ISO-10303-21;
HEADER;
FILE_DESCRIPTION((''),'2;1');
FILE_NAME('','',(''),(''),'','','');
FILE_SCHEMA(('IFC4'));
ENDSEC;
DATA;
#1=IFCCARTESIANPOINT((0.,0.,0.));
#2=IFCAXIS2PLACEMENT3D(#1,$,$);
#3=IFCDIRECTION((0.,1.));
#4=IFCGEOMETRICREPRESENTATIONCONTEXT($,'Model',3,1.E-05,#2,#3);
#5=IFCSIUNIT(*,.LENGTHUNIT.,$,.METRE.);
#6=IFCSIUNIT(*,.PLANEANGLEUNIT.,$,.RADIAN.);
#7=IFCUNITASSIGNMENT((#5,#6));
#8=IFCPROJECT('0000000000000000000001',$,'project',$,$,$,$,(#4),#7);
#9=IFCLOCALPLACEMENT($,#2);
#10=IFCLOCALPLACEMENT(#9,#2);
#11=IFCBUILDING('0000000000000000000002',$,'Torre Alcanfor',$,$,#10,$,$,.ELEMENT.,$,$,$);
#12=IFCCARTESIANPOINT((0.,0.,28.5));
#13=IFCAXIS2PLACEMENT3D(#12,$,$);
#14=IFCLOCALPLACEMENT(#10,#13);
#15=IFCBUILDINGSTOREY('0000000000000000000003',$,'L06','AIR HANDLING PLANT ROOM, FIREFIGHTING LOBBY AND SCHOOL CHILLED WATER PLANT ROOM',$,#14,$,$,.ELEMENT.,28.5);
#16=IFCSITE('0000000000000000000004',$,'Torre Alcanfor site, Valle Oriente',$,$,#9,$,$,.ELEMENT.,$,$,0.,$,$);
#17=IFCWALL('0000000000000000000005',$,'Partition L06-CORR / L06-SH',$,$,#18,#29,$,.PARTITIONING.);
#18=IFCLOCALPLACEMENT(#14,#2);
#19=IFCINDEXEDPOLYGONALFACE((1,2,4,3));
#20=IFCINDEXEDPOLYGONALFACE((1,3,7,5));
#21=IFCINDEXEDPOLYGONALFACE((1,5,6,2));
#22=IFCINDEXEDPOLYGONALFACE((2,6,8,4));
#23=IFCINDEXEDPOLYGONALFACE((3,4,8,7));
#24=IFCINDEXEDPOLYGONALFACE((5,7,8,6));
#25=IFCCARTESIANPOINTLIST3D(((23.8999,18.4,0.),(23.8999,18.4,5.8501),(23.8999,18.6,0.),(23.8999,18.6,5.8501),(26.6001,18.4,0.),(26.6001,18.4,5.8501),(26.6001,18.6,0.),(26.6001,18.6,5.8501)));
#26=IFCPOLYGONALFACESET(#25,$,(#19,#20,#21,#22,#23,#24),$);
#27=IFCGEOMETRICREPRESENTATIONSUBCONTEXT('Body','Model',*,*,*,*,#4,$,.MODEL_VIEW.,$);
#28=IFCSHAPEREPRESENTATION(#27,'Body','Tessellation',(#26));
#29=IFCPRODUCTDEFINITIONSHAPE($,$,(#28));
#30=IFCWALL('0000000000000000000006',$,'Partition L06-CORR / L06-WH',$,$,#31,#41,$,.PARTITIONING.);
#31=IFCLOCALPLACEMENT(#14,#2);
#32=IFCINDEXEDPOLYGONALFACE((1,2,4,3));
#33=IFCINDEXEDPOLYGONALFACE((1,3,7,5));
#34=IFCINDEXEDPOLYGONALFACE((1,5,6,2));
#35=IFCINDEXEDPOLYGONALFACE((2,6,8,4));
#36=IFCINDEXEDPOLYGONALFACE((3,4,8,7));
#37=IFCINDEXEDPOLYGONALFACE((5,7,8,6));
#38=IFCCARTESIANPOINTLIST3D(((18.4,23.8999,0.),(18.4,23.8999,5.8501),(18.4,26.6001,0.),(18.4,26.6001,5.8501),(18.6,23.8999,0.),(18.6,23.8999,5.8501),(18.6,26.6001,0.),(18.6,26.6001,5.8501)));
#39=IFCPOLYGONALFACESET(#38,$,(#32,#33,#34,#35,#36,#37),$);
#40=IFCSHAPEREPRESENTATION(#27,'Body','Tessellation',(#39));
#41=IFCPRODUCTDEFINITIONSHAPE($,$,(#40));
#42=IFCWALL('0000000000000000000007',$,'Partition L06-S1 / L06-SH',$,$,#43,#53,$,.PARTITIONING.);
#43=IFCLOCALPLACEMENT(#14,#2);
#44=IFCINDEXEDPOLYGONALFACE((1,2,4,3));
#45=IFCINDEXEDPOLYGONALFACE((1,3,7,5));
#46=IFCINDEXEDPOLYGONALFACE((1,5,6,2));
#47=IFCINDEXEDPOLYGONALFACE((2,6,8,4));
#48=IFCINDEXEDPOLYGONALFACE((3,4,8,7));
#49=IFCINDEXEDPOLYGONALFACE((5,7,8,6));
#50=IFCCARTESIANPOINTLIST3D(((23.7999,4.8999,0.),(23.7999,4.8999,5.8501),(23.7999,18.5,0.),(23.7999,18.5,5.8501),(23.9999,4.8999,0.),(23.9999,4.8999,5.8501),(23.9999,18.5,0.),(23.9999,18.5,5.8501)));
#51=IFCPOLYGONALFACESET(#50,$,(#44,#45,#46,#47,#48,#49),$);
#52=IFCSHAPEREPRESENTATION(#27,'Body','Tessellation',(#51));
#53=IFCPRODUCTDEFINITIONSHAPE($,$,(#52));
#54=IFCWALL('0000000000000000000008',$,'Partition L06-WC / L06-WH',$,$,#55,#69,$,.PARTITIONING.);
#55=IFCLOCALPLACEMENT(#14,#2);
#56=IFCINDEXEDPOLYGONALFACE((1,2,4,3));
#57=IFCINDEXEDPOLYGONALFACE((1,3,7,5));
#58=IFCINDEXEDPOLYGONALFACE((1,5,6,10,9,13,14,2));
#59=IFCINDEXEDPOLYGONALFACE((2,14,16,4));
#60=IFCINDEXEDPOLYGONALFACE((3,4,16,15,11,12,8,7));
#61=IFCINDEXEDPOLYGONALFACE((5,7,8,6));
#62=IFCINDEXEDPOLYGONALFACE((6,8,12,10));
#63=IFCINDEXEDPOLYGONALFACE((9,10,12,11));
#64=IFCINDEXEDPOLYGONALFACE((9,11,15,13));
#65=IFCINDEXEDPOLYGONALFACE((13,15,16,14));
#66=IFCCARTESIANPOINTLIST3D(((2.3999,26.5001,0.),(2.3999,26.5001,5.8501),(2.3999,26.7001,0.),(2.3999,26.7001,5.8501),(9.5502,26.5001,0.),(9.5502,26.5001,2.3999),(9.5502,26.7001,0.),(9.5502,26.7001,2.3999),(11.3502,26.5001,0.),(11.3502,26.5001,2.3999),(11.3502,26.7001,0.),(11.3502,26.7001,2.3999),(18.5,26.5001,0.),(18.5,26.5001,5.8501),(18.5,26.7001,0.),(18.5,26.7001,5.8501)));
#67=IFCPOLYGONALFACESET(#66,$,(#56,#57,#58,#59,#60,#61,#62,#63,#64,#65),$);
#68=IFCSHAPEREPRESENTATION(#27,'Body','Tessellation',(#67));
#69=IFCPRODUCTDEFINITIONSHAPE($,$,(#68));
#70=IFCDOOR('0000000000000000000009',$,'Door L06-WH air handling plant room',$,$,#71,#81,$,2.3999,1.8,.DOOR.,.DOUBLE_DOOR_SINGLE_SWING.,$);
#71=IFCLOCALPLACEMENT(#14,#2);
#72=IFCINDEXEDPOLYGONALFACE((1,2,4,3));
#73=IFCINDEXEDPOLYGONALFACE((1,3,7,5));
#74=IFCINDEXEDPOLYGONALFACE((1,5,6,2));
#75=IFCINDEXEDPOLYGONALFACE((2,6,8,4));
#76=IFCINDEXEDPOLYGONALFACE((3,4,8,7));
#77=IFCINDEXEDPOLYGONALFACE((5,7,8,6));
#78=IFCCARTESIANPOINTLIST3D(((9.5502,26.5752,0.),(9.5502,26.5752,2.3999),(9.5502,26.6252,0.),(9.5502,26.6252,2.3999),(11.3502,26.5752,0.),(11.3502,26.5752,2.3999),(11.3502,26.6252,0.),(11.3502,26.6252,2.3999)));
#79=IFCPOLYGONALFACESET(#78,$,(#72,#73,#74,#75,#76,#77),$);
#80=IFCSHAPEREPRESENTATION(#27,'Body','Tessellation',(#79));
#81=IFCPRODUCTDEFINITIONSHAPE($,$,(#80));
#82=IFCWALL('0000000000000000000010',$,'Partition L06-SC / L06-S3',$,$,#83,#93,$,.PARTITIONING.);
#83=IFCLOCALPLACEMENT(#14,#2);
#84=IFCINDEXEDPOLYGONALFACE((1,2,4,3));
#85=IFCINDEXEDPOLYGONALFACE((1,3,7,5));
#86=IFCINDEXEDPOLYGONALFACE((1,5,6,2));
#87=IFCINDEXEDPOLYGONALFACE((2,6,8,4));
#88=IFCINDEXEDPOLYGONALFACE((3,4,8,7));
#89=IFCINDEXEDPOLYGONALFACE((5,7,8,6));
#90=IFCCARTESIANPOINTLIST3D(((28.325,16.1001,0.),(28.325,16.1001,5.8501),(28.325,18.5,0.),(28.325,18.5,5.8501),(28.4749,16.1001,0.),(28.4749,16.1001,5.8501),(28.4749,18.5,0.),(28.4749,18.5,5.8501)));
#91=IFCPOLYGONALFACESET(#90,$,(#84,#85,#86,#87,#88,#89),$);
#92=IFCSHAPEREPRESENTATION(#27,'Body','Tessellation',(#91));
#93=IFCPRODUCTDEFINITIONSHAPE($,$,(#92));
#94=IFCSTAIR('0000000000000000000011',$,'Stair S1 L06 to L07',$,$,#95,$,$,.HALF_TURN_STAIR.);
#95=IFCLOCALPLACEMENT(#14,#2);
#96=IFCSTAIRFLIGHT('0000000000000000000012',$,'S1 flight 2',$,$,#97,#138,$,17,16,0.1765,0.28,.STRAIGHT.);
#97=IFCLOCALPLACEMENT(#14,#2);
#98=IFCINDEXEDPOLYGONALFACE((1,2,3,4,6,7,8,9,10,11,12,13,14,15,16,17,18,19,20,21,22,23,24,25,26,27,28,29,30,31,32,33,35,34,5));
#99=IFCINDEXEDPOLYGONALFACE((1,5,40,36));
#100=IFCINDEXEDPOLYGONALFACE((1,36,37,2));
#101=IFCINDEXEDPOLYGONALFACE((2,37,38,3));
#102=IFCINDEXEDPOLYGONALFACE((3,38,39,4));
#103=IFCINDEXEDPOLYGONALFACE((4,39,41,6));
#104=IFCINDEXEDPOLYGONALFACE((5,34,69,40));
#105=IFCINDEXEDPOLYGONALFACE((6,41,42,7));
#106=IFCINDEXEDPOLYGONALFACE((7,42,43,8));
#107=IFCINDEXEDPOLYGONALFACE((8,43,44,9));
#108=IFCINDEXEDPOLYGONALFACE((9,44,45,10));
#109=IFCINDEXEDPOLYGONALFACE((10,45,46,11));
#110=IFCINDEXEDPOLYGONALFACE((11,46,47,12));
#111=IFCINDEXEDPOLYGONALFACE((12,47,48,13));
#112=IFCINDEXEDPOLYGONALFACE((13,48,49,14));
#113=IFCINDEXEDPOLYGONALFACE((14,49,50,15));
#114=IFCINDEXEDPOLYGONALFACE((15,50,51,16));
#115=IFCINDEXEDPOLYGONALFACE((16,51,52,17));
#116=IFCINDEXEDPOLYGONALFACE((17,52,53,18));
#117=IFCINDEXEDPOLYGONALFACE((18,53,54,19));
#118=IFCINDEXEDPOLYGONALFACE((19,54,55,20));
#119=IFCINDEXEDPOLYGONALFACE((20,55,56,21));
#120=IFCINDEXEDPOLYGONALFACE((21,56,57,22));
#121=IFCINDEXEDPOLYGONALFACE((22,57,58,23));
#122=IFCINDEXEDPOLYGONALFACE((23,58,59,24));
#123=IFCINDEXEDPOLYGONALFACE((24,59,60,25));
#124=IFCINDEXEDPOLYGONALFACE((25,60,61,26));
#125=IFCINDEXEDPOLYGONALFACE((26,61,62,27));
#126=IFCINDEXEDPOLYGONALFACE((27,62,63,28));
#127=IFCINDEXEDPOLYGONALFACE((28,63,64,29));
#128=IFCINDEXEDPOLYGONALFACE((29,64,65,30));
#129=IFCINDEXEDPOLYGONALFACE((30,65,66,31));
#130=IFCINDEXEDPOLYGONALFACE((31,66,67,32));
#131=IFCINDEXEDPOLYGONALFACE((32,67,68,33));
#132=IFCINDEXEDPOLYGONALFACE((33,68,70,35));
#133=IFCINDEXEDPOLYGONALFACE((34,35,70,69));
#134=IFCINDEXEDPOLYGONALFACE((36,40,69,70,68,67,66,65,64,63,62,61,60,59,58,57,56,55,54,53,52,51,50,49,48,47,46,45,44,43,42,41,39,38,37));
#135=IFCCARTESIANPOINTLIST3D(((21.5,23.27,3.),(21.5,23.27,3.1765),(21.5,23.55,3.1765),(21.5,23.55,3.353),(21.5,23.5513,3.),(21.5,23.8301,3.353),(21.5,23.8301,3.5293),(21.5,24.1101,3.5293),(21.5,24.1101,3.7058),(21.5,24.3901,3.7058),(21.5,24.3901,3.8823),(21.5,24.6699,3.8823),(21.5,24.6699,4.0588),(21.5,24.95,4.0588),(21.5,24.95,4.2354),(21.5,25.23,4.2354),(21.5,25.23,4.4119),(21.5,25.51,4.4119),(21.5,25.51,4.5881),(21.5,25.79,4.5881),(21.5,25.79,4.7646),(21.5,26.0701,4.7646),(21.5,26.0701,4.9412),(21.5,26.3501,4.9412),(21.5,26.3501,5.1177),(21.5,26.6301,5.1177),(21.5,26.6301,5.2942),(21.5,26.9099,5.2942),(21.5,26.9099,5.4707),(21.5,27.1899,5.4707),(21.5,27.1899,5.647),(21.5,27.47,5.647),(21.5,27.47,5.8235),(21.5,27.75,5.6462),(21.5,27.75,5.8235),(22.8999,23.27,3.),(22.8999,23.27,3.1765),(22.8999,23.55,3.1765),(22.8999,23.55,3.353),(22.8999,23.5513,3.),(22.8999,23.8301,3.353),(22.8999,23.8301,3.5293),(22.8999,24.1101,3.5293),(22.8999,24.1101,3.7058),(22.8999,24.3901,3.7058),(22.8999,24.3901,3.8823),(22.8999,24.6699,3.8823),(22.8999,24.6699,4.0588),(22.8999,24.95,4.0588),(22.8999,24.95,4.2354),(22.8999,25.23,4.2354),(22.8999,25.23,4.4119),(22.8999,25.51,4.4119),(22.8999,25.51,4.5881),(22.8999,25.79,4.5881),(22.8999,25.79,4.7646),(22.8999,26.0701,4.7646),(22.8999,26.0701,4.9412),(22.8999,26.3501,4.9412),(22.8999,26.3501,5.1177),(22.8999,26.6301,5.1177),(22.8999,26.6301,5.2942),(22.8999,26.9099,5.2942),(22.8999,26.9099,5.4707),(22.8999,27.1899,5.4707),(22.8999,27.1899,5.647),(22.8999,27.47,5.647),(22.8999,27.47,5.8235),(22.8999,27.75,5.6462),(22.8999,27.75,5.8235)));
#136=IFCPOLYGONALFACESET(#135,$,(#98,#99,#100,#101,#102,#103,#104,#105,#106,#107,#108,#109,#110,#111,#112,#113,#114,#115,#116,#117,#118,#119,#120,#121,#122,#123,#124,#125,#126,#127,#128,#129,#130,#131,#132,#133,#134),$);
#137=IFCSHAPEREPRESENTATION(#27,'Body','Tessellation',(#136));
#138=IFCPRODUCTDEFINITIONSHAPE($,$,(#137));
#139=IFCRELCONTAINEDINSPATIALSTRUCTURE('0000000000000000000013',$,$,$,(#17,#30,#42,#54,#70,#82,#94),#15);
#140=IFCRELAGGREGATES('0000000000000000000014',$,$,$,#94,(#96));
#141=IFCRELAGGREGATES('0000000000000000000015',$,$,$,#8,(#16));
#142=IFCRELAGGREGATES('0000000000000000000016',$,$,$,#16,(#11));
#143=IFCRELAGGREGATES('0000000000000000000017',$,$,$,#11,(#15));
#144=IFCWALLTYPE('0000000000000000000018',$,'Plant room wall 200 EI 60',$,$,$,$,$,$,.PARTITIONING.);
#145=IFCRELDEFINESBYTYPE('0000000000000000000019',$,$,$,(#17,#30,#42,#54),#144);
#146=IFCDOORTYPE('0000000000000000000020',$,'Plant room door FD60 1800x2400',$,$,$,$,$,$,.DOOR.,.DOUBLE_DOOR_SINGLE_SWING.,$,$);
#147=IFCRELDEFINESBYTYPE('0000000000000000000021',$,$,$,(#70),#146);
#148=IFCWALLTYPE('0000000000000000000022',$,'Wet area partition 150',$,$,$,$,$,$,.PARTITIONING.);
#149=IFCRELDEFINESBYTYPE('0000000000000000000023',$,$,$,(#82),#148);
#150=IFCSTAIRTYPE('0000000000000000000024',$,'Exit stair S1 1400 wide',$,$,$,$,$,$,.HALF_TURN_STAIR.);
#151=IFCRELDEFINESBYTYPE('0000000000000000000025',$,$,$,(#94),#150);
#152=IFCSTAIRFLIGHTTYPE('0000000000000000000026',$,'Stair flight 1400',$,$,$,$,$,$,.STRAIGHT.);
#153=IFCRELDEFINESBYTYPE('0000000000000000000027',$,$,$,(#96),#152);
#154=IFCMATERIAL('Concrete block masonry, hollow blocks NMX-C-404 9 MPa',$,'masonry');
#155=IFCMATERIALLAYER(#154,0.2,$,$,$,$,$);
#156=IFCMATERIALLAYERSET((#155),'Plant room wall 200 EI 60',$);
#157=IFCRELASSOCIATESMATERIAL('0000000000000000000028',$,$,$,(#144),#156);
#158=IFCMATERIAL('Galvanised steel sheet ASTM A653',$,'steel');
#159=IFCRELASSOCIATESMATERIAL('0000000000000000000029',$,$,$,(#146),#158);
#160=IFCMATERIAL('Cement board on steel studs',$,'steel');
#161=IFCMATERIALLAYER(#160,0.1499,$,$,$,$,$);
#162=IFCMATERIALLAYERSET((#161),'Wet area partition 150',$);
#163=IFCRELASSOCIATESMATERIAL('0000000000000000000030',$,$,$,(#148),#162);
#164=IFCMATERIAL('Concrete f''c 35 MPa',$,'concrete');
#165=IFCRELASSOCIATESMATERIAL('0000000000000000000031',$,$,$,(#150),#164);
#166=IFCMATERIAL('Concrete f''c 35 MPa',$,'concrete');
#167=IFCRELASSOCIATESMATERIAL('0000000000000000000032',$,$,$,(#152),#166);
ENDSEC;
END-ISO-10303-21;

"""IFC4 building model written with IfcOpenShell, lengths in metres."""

from ifc_helpers import new_model, si_unit, direction, frame, frame_2d, origin, place, context, subcontext, project, spatial, polyline, rectangle, outline, extrude, material, layer, layer_set, type_object, element, fill, aggregate, save


model = new_model("IFC4")

# Units and contexts
model_context = context("Model", 3, precision=1e-05, world=origin(), true_north=direction((0.0, 1.0)))
body_context = subcontext(model_context, "Body", "Model", "MODEL_VIEW")
ifc_project = project(units=[si_unit("LENGTHUNIT", "METRE"), si_unit("PLANEANGLEUNIT", "RADIAN")], contexts=[model_context])

# Site, building, storey
site_placement = place(None, origin())
site = spatial("IfcSite", under=ifc_project, at=site_placement, Name="Torre Alcanfor site, Valle Oriente", CompositionType="ELEMENT", RefElevation=0.0)
building_placement = place(site_placement, origin())
building = spatial("IfcBuilding", under=site, at=building_placement, Name="Torre Alcanfor", CompositionType="ELEMENT")
storey_placement = place(building_placement, frame((0.0, 0.0, 28.5)))
storey = spatial("IfcBuildingStorey", under=building, at=storey_placement, Name="L06", Description="AIR HANDLING PLANT ROOM, FIREFIGHTING LOBBY AND SCHOOL CHILLED WATER PLANT ROOM", CompositionType="ELEMENT", Elevation=28.5)

# Shared definitions
ifc_material_1 = material(Name="Concrete block masonry, hollow blocks NMX-C-404 9 MPa", Category="masonry")
ifc_layer_1 = layer(ifc_material_1, 0.2)
ifc_layer_set_1 = layer_set([ifc_layer_1], Name="Plant room wall 200 EI 60")
wall_type_1 = type_object("IfcWallType", Name="Plant room wall 200 EI 60", PredefinedType="PARTITIONING", material=ifc_layer_set_1)
ifc_material_2 = material(Name="Galvanised steel sheet ASTM A653", Category="steel")
door_type_1 = type_object("IfcDoorType", Name="Plant room door FD60 1800x2400", OperationType="DOUBLE_DOOR_SINGLE_SWING", PredefinedType="DOOR", material=ifc_material_2)

# Wall
wall_1_placement = place(storey_placement, frame((26.6001, 18.5, 0.0), z_axis=(0.0, 0.0, 1.0), x_axis=(-1.0, 0.0, 0.0)))
element("IfcWall", 1, at=wall_1_placement, inside=storey, type_object=wall_type_1, Name="Partition L06-CORR / L06-SH", PredefinedType="PARTITIONING", context=body_context, shape_type="SweptSolid", body=[
    extrude(rectangle(XDim=2.7002, YDim=0.2, at=frame_2d((1.3501, 0.0))), origin(), (0.0, 0.0, 1.0), 5.8501),
])

# Walls
wall_2_placement = place(storey_placement, frame((18.5, 23.8999, 0.0), z_axis=(0.0, 0.0, 1.0), x_axis=(0.0, 1.0, 0.0)))
element("IfcWall", 2, at=wall_2_placement, inside=storey, type_object=wall_type_1, Name="Partition L06-CORR / L06-WH", PredefinedType="PARTITIONING", context=body_context, shape_type="SweptSolid", body=[
    extrude(rectangle(XDim=2.7002, YDim=0.2, at=frame_2d((1.3501, 0.0))), origin(), (0.0, 0.0, 1.0), 5.8501),
])
wall_3_placement = place(storey_placement, frame((23.8999, 18.5, 0.0), z_axis=(0.0, 0.0, 1.0), x_axis=(0.0, -1.0, 0.0)))
element("IfcWall", 3, at=wall_3_placement, inside=storey, type_object=wall_type_1, Name="Partition L06-S1 / L06-SH", PredefinedType="PARTITIONING", context=body_context, shape_type="SweptSolid", body=[
    extrude(rectangle(XDim=13.6001, YDim=0.2, at=frame_2d((6.8, 0.0))), origin(), (0.0, 0.0, 1.0), 5.8501),
])

# Wall, opening, door
wall_4_placement = place(storey_placement, frame((18.5, 26.6001, 0.0), z_axis=(0.0, 0.0, 1.0), x_axis=(-1.0, 0.0, 0.0)))
wall_4 = element("IfcWall", 4, at=wall_4_placement, inside=storey, type_object=wall_type_1, Name="Partition L06-WC / L06-WH", PredefinedType="PARTITIONING", context=body_context, shape_type="SweptSolid", body=[
    extrude(rectangle(XDim=16.1001, YDim=0.2, at=frame_2d((8.05, 0.0))), origin(), (0.0, 0.0, 1.0), 5.8501),
])
opening_1_placement = place(wall_4_placement, frame((7.1499, 0.0, 0.0)))
opening_1 = element("IfcOpeningElement", 5, at=opening_1_placement, cuts=wall_4, PredefinedType="OPENING", context=body_context, shape_type="SweptSolid", body=[
    extrude(rectangle(XDim=1.8, YDim=2.3999, at=frame_2d((0.8999, 1.2))), frame((0.0, 0.1099, 0.0), z_axis=(0.0, -1.0, 0.0), x_axis=(1.0, 0.0, 0.0)), (0.0, 0.0, 1.0), 0.22),
])
door_1_placement = place(opening_1_placement, origin())
door_1 = element("IfcDoor", 6, at=door_1_placement, inside=storey, type_object=door_type_1, Name="Door L06-WH air handling plant room", OperationType="DOUBLE_DOOR_SINGLE_SWING", OverallHeight=2.3999, OverallWidth=1.8, PredefinedType="DOOR", context=body_context, shape_type="SweptSolid", body=[
    extrude(rectangle(XDim=1.8, YDim=2.3999, at=frame_2d((0.8999, 1.2))), frame((0.0, 0.0249, 0.0), z_axis=(0.0, -1.0, 0.0), x_axis=(1.0, 0.0, 0.0)), (0.0, 0.0, 1.0), 0.05),
])
fill(opening_1, door_1)

# Wall
ifc_material_3 = material(Name="Cement board on steel studs", Category="steel")
ifc_layer_2 = layer(ifc_material_3, 0.1499)
ifc_layer_set_2 = layer_set([ifc_layer_2], Name="Wet area partition 150")
wall_type_2 = type_object("IfcWallType", Name="Wet area partition 150", PredefinedType="PARTITIONING", material=ifc_layer_set_2)
wall_5_placement = place(storey_placement, frame((28.3999, 18.5, 0.0), z_axis=(0.0, 0.0, 1.0), x_axis=(0.0, -1.0, 0.0)))
element("IfcWall", 7, at=wall_5_placement, inside=storey, type_object=wall_type_2, Name="Partition L06-SC / L06-S3", PredefinedType="PARTITIONING", context=body_context, shape_type="SweptSolid", body=[
    extrude(rectangle(XDim=2.3999, YDim=0.1499, at=frame_2d((1.2, 0.0))), origin(), (0.0, 0.0, 1.0), 5.8501),
])

# Stair, stair flight
ifc_material_4 = material(Name="Concrete f'c 35 MPa", Category="concrete")
stair_type = type_object("IfcStairType", Name="Exit stair S1 1400 wide", PredefinedType="HALF_TURN_STAIR", material=ifc_material_4)
stair_placement = place(storey_placement, origin())
stair = element("IfcStair", 8, at=stair_placement, inside=storey, type_object=stair_type, Name="Stair S1 L06 to L07", PredefinedType="HALF_TURN_STAIR")
ifc_material_5 = material(Name="Concrete f'c 35 MPa", Category="concrete")
stair_flight_type = type_object("IfcStairFlightType", Name="Stair flight 1400", PredefinedType="STRAIGHT", material=ifc_material_5)
stair_flight_placement = place(storey_placement, frame((22.2, 23.27, 3.0), z_axis=(0.0, 0.0, 1.0), x_axis=(0.0, 1.0, 0.0)))
stair_flight = element("IfcStairFlight", 9, at=stair_flight_placement, type_object=stair_flight_type, Name="S1 flight 2", NumberOfRisers=17, NumberOfTreads=16, PredefinedType="STRAIGHT", RiserHeight=0.1765, TreadLength=0.28, context=body_context, shape_type="SweptSolid", body=[
    extrude(outline(polyline([(0.0, 0.0), (0.0, 0.1765), (0.28, 0.1765), (0.28, 0.353), (0.5601, 0.353), (0.5601, 0.5293), (0.8401, 0.5293), (0.8401, 0.7058), (1.1201, 0.7058), (1.1201, 0.8823), (1.3999, 0.8823), (1.3999, 1.0588), (1.6799, 1.0588), (1.6799, 1.2354), (1.96, 1.2354), (1.96, 1.4119), (2.24, 1.4119), (2.24, 1.5881), (2.52, 1.5881), (2.52, 1.7646), (2.8, 1.7646), (2.8, 1.9412), (3.0801, 1.9412), (3.0801, 2.1177), (3.3601, 2.1177), (3.3601, 2.2942), (3.6399, 2.2942), (3.6399, 2.4707), (3.9199, 2.4707), (3.9199, 2.647), (4.2, 2.647), (4.2, 2.8235), (4.48, 2.8235), (4.48, 3.0), (4.48, 2.6462), (0.2812, 0.0), (0.0, 0.0)])), frame((0.0, 0.7, 0.0), z_axis=(0.0, -1.0, 0.0), x_axis=(1.0, 0.0, 0.0)), (0.0, 0.0, 1.0), 1.3999),
])
aggregate(stair, [stair_flight])

save(model, "model.ifc")
